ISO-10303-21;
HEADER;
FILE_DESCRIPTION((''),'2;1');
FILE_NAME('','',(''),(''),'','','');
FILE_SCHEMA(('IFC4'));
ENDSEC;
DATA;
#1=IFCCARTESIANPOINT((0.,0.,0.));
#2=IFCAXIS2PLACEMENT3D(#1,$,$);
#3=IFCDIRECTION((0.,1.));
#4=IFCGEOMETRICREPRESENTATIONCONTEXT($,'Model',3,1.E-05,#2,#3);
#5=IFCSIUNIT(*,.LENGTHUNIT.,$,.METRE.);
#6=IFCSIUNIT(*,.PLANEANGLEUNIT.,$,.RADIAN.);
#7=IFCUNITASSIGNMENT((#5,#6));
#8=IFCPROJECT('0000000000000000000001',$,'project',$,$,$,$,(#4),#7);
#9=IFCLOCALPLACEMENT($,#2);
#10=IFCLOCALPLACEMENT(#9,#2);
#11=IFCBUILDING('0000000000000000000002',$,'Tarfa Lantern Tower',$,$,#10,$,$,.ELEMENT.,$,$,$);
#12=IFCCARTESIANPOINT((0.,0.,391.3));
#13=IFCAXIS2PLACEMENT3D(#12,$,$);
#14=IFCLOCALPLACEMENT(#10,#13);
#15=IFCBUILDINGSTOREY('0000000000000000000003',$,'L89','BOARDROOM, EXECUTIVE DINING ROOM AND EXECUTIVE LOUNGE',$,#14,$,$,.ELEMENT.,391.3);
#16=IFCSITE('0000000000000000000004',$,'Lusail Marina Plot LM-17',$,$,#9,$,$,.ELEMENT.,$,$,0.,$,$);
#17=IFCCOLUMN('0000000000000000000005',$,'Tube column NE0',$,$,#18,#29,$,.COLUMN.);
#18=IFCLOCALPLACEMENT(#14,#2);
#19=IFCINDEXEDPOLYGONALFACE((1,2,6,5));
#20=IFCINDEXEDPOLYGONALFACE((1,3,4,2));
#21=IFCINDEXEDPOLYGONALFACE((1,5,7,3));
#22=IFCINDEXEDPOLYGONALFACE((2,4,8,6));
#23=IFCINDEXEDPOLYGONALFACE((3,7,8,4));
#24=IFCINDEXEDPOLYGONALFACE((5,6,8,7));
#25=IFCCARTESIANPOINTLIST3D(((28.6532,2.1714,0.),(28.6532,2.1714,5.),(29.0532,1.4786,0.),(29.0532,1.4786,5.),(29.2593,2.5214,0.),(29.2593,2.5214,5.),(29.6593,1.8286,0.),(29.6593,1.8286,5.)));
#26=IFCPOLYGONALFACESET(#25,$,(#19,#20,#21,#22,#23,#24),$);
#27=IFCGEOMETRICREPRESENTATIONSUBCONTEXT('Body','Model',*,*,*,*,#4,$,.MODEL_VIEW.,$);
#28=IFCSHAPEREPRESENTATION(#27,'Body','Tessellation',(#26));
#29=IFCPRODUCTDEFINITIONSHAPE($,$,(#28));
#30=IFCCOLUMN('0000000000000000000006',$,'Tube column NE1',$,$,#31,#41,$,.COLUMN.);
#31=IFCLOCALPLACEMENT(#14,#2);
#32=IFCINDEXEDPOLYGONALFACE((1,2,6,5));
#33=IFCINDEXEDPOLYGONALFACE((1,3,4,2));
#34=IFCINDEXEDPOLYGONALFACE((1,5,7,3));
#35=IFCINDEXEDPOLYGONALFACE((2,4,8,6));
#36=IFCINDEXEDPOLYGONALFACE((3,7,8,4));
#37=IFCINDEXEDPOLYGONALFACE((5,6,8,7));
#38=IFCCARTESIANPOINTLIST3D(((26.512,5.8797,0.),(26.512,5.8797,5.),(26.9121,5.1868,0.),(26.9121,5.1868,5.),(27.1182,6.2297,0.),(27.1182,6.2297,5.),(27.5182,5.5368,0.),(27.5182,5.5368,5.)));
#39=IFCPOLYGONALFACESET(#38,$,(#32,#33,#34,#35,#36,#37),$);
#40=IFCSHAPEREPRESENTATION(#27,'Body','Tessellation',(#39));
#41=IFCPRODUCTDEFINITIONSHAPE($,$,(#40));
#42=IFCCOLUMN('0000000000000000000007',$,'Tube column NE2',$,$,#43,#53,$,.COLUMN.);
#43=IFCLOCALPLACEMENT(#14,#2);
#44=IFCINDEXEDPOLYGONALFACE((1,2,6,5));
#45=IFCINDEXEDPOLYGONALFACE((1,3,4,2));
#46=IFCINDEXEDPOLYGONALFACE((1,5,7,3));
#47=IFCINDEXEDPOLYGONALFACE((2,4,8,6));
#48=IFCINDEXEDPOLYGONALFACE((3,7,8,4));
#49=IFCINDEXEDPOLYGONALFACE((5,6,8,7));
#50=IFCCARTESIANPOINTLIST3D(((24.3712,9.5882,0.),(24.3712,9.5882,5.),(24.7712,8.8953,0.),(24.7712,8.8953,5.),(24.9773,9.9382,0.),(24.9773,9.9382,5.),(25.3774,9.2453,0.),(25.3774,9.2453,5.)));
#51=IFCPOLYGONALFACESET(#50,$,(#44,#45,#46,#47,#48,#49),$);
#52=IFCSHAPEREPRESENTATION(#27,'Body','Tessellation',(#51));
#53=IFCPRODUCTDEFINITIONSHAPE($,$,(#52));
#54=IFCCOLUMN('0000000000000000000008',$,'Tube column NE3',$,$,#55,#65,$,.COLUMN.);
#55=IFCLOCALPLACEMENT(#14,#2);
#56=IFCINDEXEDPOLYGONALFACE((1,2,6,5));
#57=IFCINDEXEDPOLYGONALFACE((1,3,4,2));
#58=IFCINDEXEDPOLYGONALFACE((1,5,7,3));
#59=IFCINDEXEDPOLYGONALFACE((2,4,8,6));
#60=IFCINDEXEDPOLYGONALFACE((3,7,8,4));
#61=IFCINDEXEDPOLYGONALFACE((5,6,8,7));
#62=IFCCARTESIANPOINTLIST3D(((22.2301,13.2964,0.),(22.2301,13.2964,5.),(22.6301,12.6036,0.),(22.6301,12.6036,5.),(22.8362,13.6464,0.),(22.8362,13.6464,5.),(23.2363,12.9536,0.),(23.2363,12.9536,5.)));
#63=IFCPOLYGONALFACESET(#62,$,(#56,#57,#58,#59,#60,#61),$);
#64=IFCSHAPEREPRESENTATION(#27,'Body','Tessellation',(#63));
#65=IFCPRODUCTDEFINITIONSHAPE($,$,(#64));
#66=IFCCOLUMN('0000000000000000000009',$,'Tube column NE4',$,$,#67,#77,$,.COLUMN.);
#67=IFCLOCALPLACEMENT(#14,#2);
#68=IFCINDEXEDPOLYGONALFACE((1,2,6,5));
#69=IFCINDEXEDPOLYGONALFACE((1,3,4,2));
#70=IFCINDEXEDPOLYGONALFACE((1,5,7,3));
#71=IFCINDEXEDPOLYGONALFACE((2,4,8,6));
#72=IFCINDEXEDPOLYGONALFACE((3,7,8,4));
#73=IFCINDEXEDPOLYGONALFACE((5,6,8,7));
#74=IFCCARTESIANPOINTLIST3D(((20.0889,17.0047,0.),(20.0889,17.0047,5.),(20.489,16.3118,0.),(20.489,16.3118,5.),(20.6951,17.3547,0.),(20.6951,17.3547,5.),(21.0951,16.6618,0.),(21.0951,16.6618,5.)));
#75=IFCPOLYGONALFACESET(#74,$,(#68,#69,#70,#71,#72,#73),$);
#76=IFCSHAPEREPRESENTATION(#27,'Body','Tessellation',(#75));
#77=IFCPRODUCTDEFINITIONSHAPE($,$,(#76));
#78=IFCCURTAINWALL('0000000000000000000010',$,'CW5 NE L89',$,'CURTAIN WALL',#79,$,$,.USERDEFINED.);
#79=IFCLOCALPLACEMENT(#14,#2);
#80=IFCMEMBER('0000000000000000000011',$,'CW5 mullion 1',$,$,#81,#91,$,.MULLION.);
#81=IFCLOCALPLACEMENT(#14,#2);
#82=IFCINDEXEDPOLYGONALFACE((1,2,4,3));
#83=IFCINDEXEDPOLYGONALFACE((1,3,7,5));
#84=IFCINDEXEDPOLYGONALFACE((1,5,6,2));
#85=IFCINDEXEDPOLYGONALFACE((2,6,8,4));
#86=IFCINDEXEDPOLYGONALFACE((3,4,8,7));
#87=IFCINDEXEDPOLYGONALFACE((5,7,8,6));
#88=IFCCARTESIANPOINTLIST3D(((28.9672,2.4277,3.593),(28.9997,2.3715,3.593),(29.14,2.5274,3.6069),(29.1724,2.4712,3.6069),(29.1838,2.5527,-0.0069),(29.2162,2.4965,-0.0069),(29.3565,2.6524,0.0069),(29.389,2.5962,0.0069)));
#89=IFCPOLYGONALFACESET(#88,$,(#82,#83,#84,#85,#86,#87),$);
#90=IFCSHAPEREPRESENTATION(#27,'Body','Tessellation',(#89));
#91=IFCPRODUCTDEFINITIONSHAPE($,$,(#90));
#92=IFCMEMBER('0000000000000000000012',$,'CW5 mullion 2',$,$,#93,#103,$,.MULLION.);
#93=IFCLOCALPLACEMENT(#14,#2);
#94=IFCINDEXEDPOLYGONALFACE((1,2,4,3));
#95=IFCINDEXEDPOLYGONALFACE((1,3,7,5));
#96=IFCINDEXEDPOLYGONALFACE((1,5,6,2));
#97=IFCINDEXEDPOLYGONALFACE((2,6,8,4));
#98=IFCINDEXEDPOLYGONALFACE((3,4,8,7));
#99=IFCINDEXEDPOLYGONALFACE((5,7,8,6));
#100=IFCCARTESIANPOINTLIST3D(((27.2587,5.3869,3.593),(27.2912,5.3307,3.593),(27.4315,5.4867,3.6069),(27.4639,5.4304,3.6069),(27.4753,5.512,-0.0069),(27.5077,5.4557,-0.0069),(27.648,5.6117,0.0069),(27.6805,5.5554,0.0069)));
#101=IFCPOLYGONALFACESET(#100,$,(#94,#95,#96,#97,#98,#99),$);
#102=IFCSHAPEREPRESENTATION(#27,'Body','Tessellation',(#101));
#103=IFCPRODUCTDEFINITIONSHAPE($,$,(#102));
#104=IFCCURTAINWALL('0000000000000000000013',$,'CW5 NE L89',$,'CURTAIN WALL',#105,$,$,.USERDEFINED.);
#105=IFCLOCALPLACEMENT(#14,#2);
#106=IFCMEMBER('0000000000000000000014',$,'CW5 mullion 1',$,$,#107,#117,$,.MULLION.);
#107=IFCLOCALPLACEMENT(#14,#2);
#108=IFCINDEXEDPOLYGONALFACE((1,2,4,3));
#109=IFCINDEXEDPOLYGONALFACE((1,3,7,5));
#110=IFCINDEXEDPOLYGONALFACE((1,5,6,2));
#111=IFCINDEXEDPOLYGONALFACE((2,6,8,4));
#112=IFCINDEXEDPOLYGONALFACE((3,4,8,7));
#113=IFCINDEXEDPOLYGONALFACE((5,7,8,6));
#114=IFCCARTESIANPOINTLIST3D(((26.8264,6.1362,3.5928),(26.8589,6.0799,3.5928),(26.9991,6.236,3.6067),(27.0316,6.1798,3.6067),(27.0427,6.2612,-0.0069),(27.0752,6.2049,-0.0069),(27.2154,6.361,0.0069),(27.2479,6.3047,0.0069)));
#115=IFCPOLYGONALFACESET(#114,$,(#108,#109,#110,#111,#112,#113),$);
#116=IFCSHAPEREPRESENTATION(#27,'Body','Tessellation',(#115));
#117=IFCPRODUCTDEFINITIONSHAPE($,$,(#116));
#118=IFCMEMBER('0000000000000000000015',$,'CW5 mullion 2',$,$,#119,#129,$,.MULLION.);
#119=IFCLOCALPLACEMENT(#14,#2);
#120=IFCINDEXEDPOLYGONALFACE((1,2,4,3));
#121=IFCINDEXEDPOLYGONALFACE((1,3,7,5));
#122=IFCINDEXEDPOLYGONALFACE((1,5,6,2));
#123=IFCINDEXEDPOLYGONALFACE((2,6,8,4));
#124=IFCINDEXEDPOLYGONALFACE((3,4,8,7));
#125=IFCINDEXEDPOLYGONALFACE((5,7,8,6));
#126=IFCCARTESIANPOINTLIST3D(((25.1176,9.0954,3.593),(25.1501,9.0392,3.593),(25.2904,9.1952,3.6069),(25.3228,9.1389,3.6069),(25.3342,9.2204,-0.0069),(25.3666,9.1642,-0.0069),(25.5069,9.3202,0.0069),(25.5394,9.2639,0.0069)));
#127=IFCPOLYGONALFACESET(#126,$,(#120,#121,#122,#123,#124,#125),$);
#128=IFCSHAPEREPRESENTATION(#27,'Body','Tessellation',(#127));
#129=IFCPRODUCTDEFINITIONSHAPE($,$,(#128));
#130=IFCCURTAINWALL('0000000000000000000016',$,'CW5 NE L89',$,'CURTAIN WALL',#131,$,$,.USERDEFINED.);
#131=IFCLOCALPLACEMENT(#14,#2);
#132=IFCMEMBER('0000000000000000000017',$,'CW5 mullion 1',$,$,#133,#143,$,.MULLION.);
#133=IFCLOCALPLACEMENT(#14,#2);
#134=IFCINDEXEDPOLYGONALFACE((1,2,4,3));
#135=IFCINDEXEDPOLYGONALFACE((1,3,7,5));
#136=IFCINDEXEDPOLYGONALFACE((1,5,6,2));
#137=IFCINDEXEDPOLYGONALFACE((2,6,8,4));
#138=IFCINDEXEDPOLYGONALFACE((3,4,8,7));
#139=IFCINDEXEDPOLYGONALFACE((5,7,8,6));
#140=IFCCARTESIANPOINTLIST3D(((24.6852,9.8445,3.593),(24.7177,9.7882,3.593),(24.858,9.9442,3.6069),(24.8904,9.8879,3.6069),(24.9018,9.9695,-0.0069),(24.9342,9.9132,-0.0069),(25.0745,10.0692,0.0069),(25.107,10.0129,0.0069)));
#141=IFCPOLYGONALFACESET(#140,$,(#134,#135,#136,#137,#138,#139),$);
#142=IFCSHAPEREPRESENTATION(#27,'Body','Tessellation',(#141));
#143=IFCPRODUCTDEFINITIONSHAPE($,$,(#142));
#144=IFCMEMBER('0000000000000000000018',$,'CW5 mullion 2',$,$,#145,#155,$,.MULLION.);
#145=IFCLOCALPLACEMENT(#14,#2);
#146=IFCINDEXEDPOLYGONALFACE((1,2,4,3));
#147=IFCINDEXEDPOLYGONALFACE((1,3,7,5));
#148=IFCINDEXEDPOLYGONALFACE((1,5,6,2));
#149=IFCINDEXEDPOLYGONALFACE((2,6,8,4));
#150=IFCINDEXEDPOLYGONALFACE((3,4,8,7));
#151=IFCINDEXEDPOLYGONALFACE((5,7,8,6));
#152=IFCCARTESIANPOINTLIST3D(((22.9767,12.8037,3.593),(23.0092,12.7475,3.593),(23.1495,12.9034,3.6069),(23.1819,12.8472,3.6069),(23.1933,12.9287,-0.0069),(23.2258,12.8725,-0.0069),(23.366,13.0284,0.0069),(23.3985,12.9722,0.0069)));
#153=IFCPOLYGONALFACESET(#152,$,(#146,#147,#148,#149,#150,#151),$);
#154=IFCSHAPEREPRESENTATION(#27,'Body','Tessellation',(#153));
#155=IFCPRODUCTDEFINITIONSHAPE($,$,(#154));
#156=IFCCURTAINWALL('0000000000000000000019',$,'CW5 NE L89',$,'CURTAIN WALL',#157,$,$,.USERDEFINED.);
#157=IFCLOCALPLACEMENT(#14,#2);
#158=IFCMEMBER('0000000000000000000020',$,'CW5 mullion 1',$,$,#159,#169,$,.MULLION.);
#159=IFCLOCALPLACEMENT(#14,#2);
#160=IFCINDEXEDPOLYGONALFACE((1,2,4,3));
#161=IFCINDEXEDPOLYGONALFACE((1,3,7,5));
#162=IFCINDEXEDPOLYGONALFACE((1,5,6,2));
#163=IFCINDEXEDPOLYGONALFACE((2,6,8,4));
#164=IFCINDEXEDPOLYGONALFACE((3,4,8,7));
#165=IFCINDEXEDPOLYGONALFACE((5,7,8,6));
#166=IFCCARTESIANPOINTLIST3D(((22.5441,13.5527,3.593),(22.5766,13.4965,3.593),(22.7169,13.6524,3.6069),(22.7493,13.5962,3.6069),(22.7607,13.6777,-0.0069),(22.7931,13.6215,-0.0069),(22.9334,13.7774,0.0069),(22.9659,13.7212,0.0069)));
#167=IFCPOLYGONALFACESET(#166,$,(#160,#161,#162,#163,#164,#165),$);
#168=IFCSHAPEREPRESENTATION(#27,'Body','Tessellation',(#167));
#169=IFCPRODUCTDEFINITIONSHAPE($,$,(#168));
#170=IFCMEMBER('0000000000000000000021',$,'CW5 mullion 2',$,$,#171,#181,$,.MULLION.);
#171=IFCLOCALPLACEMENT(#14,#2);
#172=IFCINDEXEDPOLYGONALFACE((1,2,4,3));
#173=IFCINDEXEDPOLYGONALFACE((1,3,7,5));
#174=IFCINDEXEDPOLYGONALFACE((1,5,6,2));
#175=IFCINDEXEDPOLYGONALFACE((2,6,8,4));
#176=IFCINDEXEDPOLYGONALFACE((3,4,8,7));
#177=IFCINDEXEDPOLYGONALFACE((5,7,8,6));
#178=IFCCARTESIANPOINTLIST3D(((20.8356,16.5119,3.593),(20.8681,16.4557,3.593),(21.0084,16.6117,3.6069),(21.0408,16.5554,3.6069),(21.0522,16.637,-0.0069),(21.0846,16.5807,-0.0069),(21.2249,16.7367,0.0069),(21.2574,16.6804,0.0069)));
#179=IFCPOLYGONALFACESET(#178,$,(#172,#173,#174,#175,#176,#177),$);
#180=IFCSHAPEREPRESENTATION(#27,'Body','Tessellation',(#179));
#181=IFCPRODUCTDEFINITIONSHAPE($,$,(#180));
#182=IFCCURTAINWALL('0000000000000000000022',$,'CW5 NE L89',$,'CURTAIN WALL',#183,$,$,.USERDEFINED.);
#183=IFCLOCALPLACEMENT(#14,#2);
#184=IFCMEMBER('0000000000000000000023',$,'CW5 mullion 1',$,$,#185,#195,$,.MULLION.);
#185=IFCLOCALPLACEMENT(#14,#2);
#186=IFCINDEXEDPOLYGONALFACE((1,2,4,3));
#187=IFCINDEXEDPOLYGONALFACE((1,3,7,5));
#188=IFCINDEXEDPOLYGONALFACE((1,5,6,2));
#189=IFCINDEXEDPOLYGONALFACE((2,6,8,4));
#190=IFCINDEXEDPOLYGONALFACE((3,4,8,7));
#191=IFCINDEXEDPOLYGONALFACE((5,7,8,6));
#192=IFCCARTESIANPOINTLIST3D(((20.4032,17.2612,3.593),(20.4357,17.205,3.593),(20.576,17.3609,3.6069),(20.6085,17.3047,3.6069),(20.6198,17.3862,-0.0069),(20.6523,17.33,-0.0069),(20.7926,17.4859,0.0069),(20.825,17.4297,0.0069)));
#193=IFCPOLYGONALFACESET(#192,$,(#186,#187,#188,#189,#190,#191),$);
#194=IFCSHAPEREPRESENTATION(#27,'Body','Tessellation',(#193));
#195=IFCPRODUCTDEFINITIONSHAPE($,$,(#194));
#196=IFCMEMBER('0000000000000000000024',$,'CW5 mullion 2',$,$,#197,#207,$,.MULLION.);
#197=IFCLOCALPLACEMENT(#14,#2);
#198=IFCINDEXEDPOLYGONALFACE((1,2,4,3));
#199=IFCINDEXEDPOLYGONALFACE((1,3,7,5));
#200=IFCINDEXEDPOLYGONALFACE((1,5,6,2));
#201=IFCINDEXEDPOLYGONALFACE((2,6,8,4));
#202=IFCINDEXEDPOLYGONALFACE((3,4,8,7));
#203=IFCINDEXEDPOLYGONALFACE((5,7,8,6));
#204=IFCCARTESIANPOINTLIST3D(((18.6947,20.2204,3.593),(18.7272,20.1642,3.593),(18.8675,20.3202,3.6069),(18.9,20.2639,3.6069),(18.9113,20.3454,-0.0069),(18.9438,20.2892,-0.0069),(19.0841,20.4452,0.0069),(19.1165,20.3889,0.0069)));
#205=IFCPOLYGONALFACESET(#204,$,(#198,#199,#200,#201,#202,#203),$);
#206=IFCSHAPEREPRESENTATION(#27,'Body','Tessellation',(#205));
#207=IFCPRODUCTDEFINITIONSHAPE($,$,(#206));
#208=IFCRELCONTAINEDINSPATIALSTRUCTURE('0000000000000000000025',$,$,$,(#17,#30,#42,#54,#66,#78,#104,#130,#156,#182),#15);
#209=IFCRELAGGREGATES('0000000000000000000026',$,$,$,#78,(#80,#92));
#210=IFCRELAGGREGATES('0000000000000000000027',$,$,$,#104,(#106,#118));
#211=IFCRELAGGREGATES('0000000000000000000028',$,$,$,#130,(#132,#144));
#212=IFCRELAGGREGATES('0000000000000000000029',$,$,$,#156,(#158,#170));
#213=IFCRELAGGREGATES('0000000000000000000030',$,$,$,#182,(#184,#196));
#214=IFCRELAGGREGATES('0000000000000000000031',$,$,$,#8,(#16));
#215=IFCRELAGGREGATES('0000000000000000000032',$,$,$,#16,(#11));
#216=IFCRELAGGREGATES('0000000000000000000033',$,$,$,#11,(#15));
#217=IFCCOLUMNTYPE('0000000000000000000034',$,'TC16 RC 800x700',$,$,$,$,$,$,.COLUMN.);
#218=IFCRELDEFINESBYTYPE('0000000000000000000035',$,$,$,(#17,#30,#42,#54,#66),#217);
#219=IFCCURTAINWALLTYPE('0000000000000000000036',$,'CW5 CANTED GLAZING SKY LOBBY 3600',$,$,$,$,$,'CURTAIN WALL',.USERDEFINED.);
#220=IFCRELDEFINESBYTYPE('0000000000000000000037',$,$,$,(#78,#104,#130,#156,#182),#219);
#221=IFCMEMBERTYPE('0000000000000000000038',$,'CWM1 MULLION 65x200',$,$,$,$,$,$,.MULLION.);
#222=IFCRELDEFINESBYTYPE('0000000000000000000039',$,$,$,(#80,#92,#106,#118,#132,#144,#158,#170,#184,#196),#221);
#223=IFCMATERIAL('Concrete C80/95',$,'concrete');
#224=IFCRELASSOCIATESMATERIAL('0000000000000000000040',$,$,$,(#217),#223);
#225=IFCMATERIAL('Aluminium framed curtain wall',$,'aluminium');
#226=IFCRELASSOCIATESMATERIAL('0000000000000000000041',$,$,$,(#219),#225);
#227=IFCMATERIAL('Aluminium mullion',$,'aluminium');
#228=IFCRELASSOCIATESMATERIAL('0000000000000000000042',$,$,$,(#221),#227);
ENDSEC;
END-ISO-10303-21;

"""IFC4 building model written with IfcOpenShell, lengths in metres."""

from ifc_helpers import new_model, si_unit, direction, frame, origin, origin_2d, place, context, subcontext, project, spatial, rectangle, extrude, material, material_profile, profile_set, type_object, element, aggregate, save


model = new_model("IFC4")

# Units and contexts
model_context = context("Model", 3, precision=1e-05, world=origin(), true_north=direction((0.0, 1.0)))
body_context = subcontext(model_context, "Body", "Model", "MODEL_VIEW")
ifc_project = project(units=[si_unit("LENGTHUNIT", "METRE"), si_unit("PLANEANGLEUNIT", "RADIAN")], contexts=[model_context])

# Site, building, storey
site_placement = place(None, origin())
site = spatial("IfcSite", under=ifc_project, at=site_placement, Name="Lusail Marina Plot LM-17", CompositionType="ELEMENT", RefElevation=0.0)
building_placement = place(site_placement, origin())
building = spatial("IfcBuilding", under=site, at=building_placement, Name="Tarfa Lantern Tower", CompositionType="ELEMENT")
storey_placement = place(building_placement, frame((0.0, 0.0, 391.3)))
storey = spatial("IfcBuildingStorey", under=building, at=storey_placement, Name="L89", Description="BOARDROOM, EXECUTIVE DINING ROOM AND EXECUTIVE LOUNGE", CompositionType="ELEMENT", Elevation=391.3)

# Columns
ifc_material_1 = material(Name="Concrete C80/95", Category="concrete")
ifc_material_profile_1 = material_profile(ifc_material_1, rectangle(XDim=0.8, YDim=0.7, at=origin_2d()), Name="RC 800x700")
ifc_profile_set_1 = profile_set([ifc_material_profile_1], Name="Concrete C80/95")
column_type = type_object("IfcColumnType", Name="TC16 RC 800x700", PredefinedType="COLUMN", material=ifc_profile_set_1)
for number, where, z_axis, x_axis, name in (
    (1, (29.1562, 2.0, 0.0), (0.0, 0.0, 1.0), (-0.5, 0.866025, 0.0), "Tube column NE0"),
    (2, (27.0151, 5.7083, 0.0), (0.0, 0.0, 1.0), (-0.5, 0.866025, 0.0), "Tube column NE1"),
    (3, (24.8743, 9.4167, 0.0), (0.0, 0.0, 1.0), (-0.5, 0.866025, 0.0), "Tube column NE2"),
    (4, (22.7332, 13.125, 0.0), (0.0, 0.0, 1.0), (-0.5, 0.866025, 0.0), "Tube column NE3"),
    (5, (20.592, 16.8333, 0.0), (0.0, 0.0, 1.0), (-0.5, 0.866025, 0.0), "Tube column NE4"),
):
    element("IfcColumn", number, at=place(storey_placement, frame(where, z_axis=z_axis, x_axis=x_axis)), inside=storey, type_object=column_type, Name=name, PredefinedType="COLUMN", context=body_context, shape_type="SweptSolid", body=[
        extrude(rectangle(XDim=0.8, YDim=0.7, at=origin_2d()), origin(), (0.0, 0.0, 1.0), 5.0),
    ])

# Curtain walls, members
ifc_material_2 = material(Name="Aluminium framed curtain wall", Category="aluminium")
curtain_wall_type = type_object("IfcCurtainWallType", Name="CW5 CANTED GLAZING SKY LOBBY 3600", ElementType="CURTAIN WALL", PredefinedType="USERDEFINED", material=ifc_material_2)
curtain_wall_1_placement = place(storey_placement, origin())
curtain_wall_1 = element("IfcCurtainWall", 6, at=curtain_wall_1_placement, inside=storey, type_object=curtain_wall_type, Name="CW5 NE L89", ObjectType="CURTAIN WALL", PredefinedType="USERDEFINED")
ifc_material_3 = material(Name="Aluminium mullion", Category="aluminium")
ifc_material_profile_2 = material_profile(ifc_material_3, rectangle(XDim=0.0649, YDim=0.2, at=origin_2d()), Name="AL MULLION 65x200")
ifc_profile_set_2 = profile_set([ifc_material_profile_2], Name="Aluminium mullion")
member_type_1 = type_object("IfcMemberType", Name="CWM1 MULLION 65x200", PredefinedType="MULLION", material=ifc_profile_set_2)
member_1_placement = place(storey_placement, frame((29.2864, 2.5745, 0.0), z_axis=(-0.060011, -0.03464, 0.997596), x_axis=(0.49992, -0.866072, 0.0)))
member_1 = element("IfcMember", 7, at=member_1_placement, type_object=member_type_1, Name="CW5 mullion 1", PredefinedType="MULLION", context=body_context, shape_type="SweptSolid", body=[
    extrude(rectangle(XDim=0.0649, YDim=0.2, at=origin_2d()), origin(), (0.0, 0.0, 1.0), 3.6086),
])
member_2_placement = place(storey_placement, frame((27.5779, 5.5337, 0.0), z_axis=(-0.060011, -0.03464, 0.997596), x_axis=(0.49992, -0.866072, 0.0)))
member_2 = element("IfcMember", 8, at=member_2_placement, type_object=member_type_1, Name="CW5 mullion 2", PredefinedType="MULLION", context=body_context, shape_type="SweptSolid", body=[
    extrude(rectangle(XDim=0.0649, YDim=0.2, at=origin_2d()), origin(), (0.0, 0.0, 1.0), 3.6086),
])
curtain_wall_2_placement = place(storey_placement, origin())
curtain_wall_2 = element("IfcCurtainWall", 9, at=curtain_wall_2_placement, inside=storey, type_object=curtain_wall_type, Name="CW5 NE L89", ObjectType="CURTAIN WALL", PredefinedType="USERDEFINED")
member_3_placement = place(storey_placement, frame((27.1453, 6.283, 0.0), z_axis=(-0.059944, -0.03464, 0.997601), x_axis=(0.500343, -0.865827, 0.0)))
member_3 = element("IfcMember", 10, at=member_3_placement, type_object=member_type_1, Name="CW5 mullion 1", PredefinedType="MULLION", context=body_context, shape_type="SweptSolid", body=[
    extrude(rectangle(XDim=0.0649, YDim=0.2, at=origin_2d()), origin(), (0.0, 0.0, 1.0), 3.6084),
])
member_4_placement = place(storey_placement, frame((25.4368, 9.2422, 0.0), z_axis=(-0.060011, -0.03464, 0.997596), x_axis=(0.49992, -0.866072, 0.0)))
member_4 = element("IfcMember", 11, at=member_4_placement, type_object=member_type_1, Name="CW5 mullion 2", PredefinedType="MULLION", context=body_context, shape_type="SweptSolid", body=[
    extrude(rectangle(XDim=0.0649, YDim=0.2, at=origin_2d()), origin(), (0.0, 0.0, 1.0), 3.6086),
])
curtain_wall_3_placement = place(storey_placement, origin())
curtain_wall_3 = element("IfcCurtainWall", 12, at=curtain_wall_3_placement, inside=storey, type_object=curtain_wall_type, Name="CW5 NE L89", ObjectType="CURTAIN WALL", PredefinedType="USERDEFINED")
member_5_placement = place(storey_placement, frame((25.0044, 9.9912, 0.0), z_axis=(-0.060011, -0.03464, 0.997596), x_axis=(0.49992, -0.866072, 0.0)))
member_5 = element("IfcMember", 13, at=member_5_placement, type_object=member_type_1, Name="CW5 mullion 1", PredefinedType="MULLION", context=body_context, shape_type="SweptSolid", body=[
    extrude(rectangle(XDim=0.0649, YDim=0.2, at=origin_2d()), origin(), (0.0, 0.0, 1.0), 3.6086),
])
member_6_placement = place(storey_placement, frame((23.2959, 12.9504, 0.0), z_axis=(-0.060011, -0.03464, 0.997596), x_axis=(0.49992, -0.866072, 0.0)))
member_6 = element("IfcMember", 14, at=member_6_placement, type_object=member_type_1, Name="CW5 mullion 2", PredefinedType="MULLION", context=body_context, shape_type="SweptSolid", body=[
    extrude(rectangle(XDim=0.0649, YDim=0.2, at=origin_2d()), origin(), (0.0, 0.0, 1.0), 3.6086),
])
curtain_wall_4_placement = place(storey_placement, origin())
curtain_wall_4 = element("IfcCurtainWall", 15, at=curtain_wall_4_placement, inside=storey, type_object=curtain_wall_type, Name="CW5 NE L89", ObjectType="CURTAIN WALL", PredefinedType="USERDEFINED")
member_7_placement = place(storey_placement, frame((22.8633, 13.6995, 0.0), z_axis=(-0.060011, -0.03464, 0.997596), x_axis=(0.49992, -0.866072, 0.0)))
member_7 = element("IfcMember", 16, at=member_7_placement, type_object=member_type_1, Name="CW5 mullion 1", PredefinedType="MULLION", context=body_context, shape_type="SweptSolid", body=[
    extrude(rectangle(XDim=0.0649, YDim=0.2, at=origin_2d()), origin(), (0.0, 0.0, 1.0), 3.6086),
])
member_8_placement = place(storey_placement, frame((21.1548, 16.6587, 0.0), z_axis=(-0.060011, -0.03464, 0.997596), x_axis=(0.49992, -0.866072, 0.0)))
member_8 = element("IfcMember", 17, at=member_8_placement, type_object=member_type_1, Name="CW5 mullion 2", PredefinedType="MULLION", context=body_context, shape_type="SweptSolid", body=[
    extrude(rectangle(XDim=0.0649, YDim=0.2, at=origin_2d()), origin(), (0.0, 0.0, 1.0), 3.6086),
])
curtain_wall_5_placement = place(storey_placement, origin())
curtain_wall_5 = element("IfcCurtainWall", 18, at=curtain_wall_5_placement, inside=storey, type_object=curtain_wall_type, Name="CW5 NE L89", ObjectType="CURTAIN WALL", PredefinedType="USERDEFINED")
member_9_placement = place(storey_placement, frame((20.7224, 17.408, 0.0), z_axis=(-0.060011, -0.03464, 0.997596), x_axis=(0.49992, -0.866072, 0.0)))
member_9 = element("IfcMember", 19, at=member_9_placement, type_object=member_type_1, Name="CW5 mullion 1", PredefinedType="MULLION", context=body_context, shape_type="SweptSolid", body=[
    extrude(rectangle(XDim=0.0649, YDim=0.2, at=origin_2d()), origin(), (0.0, 0.0, 1.0), 3.6086),
])
member_10_placement = place(storey_placement, frame((19.0139, 20.3672, 0.0), z_axis=(-0.060011, -0.03464, 0.997596), x_axis=(0.49992, -0.866072, 0.0)))
member_10 = element("IfcMember", 20, at=member_10_placement, type_object=member_type_1, Name="CW5 mullion 2", PredefinedType="MULLION", context=body_context, shape_type="SweptSolid", body=[
    extrude(rectangle(XDim=0.0649, YDim=0.2, at=origin_2d()), origin(), (0.0, 0.0, 1.0), 3.6086),
])

aggregate(curtain_wall_1, [member_1, member_2])
aggregate(curtain_wall_2, [member_3, member_4])
aggregate(curtain_wall_3, [member_5, member_6])
aggregate(curtain_wall_4, [member_7, member_8])
aggregate(curtain_wall_5, [member_9, member_10])

save(model, "model.ifc")
